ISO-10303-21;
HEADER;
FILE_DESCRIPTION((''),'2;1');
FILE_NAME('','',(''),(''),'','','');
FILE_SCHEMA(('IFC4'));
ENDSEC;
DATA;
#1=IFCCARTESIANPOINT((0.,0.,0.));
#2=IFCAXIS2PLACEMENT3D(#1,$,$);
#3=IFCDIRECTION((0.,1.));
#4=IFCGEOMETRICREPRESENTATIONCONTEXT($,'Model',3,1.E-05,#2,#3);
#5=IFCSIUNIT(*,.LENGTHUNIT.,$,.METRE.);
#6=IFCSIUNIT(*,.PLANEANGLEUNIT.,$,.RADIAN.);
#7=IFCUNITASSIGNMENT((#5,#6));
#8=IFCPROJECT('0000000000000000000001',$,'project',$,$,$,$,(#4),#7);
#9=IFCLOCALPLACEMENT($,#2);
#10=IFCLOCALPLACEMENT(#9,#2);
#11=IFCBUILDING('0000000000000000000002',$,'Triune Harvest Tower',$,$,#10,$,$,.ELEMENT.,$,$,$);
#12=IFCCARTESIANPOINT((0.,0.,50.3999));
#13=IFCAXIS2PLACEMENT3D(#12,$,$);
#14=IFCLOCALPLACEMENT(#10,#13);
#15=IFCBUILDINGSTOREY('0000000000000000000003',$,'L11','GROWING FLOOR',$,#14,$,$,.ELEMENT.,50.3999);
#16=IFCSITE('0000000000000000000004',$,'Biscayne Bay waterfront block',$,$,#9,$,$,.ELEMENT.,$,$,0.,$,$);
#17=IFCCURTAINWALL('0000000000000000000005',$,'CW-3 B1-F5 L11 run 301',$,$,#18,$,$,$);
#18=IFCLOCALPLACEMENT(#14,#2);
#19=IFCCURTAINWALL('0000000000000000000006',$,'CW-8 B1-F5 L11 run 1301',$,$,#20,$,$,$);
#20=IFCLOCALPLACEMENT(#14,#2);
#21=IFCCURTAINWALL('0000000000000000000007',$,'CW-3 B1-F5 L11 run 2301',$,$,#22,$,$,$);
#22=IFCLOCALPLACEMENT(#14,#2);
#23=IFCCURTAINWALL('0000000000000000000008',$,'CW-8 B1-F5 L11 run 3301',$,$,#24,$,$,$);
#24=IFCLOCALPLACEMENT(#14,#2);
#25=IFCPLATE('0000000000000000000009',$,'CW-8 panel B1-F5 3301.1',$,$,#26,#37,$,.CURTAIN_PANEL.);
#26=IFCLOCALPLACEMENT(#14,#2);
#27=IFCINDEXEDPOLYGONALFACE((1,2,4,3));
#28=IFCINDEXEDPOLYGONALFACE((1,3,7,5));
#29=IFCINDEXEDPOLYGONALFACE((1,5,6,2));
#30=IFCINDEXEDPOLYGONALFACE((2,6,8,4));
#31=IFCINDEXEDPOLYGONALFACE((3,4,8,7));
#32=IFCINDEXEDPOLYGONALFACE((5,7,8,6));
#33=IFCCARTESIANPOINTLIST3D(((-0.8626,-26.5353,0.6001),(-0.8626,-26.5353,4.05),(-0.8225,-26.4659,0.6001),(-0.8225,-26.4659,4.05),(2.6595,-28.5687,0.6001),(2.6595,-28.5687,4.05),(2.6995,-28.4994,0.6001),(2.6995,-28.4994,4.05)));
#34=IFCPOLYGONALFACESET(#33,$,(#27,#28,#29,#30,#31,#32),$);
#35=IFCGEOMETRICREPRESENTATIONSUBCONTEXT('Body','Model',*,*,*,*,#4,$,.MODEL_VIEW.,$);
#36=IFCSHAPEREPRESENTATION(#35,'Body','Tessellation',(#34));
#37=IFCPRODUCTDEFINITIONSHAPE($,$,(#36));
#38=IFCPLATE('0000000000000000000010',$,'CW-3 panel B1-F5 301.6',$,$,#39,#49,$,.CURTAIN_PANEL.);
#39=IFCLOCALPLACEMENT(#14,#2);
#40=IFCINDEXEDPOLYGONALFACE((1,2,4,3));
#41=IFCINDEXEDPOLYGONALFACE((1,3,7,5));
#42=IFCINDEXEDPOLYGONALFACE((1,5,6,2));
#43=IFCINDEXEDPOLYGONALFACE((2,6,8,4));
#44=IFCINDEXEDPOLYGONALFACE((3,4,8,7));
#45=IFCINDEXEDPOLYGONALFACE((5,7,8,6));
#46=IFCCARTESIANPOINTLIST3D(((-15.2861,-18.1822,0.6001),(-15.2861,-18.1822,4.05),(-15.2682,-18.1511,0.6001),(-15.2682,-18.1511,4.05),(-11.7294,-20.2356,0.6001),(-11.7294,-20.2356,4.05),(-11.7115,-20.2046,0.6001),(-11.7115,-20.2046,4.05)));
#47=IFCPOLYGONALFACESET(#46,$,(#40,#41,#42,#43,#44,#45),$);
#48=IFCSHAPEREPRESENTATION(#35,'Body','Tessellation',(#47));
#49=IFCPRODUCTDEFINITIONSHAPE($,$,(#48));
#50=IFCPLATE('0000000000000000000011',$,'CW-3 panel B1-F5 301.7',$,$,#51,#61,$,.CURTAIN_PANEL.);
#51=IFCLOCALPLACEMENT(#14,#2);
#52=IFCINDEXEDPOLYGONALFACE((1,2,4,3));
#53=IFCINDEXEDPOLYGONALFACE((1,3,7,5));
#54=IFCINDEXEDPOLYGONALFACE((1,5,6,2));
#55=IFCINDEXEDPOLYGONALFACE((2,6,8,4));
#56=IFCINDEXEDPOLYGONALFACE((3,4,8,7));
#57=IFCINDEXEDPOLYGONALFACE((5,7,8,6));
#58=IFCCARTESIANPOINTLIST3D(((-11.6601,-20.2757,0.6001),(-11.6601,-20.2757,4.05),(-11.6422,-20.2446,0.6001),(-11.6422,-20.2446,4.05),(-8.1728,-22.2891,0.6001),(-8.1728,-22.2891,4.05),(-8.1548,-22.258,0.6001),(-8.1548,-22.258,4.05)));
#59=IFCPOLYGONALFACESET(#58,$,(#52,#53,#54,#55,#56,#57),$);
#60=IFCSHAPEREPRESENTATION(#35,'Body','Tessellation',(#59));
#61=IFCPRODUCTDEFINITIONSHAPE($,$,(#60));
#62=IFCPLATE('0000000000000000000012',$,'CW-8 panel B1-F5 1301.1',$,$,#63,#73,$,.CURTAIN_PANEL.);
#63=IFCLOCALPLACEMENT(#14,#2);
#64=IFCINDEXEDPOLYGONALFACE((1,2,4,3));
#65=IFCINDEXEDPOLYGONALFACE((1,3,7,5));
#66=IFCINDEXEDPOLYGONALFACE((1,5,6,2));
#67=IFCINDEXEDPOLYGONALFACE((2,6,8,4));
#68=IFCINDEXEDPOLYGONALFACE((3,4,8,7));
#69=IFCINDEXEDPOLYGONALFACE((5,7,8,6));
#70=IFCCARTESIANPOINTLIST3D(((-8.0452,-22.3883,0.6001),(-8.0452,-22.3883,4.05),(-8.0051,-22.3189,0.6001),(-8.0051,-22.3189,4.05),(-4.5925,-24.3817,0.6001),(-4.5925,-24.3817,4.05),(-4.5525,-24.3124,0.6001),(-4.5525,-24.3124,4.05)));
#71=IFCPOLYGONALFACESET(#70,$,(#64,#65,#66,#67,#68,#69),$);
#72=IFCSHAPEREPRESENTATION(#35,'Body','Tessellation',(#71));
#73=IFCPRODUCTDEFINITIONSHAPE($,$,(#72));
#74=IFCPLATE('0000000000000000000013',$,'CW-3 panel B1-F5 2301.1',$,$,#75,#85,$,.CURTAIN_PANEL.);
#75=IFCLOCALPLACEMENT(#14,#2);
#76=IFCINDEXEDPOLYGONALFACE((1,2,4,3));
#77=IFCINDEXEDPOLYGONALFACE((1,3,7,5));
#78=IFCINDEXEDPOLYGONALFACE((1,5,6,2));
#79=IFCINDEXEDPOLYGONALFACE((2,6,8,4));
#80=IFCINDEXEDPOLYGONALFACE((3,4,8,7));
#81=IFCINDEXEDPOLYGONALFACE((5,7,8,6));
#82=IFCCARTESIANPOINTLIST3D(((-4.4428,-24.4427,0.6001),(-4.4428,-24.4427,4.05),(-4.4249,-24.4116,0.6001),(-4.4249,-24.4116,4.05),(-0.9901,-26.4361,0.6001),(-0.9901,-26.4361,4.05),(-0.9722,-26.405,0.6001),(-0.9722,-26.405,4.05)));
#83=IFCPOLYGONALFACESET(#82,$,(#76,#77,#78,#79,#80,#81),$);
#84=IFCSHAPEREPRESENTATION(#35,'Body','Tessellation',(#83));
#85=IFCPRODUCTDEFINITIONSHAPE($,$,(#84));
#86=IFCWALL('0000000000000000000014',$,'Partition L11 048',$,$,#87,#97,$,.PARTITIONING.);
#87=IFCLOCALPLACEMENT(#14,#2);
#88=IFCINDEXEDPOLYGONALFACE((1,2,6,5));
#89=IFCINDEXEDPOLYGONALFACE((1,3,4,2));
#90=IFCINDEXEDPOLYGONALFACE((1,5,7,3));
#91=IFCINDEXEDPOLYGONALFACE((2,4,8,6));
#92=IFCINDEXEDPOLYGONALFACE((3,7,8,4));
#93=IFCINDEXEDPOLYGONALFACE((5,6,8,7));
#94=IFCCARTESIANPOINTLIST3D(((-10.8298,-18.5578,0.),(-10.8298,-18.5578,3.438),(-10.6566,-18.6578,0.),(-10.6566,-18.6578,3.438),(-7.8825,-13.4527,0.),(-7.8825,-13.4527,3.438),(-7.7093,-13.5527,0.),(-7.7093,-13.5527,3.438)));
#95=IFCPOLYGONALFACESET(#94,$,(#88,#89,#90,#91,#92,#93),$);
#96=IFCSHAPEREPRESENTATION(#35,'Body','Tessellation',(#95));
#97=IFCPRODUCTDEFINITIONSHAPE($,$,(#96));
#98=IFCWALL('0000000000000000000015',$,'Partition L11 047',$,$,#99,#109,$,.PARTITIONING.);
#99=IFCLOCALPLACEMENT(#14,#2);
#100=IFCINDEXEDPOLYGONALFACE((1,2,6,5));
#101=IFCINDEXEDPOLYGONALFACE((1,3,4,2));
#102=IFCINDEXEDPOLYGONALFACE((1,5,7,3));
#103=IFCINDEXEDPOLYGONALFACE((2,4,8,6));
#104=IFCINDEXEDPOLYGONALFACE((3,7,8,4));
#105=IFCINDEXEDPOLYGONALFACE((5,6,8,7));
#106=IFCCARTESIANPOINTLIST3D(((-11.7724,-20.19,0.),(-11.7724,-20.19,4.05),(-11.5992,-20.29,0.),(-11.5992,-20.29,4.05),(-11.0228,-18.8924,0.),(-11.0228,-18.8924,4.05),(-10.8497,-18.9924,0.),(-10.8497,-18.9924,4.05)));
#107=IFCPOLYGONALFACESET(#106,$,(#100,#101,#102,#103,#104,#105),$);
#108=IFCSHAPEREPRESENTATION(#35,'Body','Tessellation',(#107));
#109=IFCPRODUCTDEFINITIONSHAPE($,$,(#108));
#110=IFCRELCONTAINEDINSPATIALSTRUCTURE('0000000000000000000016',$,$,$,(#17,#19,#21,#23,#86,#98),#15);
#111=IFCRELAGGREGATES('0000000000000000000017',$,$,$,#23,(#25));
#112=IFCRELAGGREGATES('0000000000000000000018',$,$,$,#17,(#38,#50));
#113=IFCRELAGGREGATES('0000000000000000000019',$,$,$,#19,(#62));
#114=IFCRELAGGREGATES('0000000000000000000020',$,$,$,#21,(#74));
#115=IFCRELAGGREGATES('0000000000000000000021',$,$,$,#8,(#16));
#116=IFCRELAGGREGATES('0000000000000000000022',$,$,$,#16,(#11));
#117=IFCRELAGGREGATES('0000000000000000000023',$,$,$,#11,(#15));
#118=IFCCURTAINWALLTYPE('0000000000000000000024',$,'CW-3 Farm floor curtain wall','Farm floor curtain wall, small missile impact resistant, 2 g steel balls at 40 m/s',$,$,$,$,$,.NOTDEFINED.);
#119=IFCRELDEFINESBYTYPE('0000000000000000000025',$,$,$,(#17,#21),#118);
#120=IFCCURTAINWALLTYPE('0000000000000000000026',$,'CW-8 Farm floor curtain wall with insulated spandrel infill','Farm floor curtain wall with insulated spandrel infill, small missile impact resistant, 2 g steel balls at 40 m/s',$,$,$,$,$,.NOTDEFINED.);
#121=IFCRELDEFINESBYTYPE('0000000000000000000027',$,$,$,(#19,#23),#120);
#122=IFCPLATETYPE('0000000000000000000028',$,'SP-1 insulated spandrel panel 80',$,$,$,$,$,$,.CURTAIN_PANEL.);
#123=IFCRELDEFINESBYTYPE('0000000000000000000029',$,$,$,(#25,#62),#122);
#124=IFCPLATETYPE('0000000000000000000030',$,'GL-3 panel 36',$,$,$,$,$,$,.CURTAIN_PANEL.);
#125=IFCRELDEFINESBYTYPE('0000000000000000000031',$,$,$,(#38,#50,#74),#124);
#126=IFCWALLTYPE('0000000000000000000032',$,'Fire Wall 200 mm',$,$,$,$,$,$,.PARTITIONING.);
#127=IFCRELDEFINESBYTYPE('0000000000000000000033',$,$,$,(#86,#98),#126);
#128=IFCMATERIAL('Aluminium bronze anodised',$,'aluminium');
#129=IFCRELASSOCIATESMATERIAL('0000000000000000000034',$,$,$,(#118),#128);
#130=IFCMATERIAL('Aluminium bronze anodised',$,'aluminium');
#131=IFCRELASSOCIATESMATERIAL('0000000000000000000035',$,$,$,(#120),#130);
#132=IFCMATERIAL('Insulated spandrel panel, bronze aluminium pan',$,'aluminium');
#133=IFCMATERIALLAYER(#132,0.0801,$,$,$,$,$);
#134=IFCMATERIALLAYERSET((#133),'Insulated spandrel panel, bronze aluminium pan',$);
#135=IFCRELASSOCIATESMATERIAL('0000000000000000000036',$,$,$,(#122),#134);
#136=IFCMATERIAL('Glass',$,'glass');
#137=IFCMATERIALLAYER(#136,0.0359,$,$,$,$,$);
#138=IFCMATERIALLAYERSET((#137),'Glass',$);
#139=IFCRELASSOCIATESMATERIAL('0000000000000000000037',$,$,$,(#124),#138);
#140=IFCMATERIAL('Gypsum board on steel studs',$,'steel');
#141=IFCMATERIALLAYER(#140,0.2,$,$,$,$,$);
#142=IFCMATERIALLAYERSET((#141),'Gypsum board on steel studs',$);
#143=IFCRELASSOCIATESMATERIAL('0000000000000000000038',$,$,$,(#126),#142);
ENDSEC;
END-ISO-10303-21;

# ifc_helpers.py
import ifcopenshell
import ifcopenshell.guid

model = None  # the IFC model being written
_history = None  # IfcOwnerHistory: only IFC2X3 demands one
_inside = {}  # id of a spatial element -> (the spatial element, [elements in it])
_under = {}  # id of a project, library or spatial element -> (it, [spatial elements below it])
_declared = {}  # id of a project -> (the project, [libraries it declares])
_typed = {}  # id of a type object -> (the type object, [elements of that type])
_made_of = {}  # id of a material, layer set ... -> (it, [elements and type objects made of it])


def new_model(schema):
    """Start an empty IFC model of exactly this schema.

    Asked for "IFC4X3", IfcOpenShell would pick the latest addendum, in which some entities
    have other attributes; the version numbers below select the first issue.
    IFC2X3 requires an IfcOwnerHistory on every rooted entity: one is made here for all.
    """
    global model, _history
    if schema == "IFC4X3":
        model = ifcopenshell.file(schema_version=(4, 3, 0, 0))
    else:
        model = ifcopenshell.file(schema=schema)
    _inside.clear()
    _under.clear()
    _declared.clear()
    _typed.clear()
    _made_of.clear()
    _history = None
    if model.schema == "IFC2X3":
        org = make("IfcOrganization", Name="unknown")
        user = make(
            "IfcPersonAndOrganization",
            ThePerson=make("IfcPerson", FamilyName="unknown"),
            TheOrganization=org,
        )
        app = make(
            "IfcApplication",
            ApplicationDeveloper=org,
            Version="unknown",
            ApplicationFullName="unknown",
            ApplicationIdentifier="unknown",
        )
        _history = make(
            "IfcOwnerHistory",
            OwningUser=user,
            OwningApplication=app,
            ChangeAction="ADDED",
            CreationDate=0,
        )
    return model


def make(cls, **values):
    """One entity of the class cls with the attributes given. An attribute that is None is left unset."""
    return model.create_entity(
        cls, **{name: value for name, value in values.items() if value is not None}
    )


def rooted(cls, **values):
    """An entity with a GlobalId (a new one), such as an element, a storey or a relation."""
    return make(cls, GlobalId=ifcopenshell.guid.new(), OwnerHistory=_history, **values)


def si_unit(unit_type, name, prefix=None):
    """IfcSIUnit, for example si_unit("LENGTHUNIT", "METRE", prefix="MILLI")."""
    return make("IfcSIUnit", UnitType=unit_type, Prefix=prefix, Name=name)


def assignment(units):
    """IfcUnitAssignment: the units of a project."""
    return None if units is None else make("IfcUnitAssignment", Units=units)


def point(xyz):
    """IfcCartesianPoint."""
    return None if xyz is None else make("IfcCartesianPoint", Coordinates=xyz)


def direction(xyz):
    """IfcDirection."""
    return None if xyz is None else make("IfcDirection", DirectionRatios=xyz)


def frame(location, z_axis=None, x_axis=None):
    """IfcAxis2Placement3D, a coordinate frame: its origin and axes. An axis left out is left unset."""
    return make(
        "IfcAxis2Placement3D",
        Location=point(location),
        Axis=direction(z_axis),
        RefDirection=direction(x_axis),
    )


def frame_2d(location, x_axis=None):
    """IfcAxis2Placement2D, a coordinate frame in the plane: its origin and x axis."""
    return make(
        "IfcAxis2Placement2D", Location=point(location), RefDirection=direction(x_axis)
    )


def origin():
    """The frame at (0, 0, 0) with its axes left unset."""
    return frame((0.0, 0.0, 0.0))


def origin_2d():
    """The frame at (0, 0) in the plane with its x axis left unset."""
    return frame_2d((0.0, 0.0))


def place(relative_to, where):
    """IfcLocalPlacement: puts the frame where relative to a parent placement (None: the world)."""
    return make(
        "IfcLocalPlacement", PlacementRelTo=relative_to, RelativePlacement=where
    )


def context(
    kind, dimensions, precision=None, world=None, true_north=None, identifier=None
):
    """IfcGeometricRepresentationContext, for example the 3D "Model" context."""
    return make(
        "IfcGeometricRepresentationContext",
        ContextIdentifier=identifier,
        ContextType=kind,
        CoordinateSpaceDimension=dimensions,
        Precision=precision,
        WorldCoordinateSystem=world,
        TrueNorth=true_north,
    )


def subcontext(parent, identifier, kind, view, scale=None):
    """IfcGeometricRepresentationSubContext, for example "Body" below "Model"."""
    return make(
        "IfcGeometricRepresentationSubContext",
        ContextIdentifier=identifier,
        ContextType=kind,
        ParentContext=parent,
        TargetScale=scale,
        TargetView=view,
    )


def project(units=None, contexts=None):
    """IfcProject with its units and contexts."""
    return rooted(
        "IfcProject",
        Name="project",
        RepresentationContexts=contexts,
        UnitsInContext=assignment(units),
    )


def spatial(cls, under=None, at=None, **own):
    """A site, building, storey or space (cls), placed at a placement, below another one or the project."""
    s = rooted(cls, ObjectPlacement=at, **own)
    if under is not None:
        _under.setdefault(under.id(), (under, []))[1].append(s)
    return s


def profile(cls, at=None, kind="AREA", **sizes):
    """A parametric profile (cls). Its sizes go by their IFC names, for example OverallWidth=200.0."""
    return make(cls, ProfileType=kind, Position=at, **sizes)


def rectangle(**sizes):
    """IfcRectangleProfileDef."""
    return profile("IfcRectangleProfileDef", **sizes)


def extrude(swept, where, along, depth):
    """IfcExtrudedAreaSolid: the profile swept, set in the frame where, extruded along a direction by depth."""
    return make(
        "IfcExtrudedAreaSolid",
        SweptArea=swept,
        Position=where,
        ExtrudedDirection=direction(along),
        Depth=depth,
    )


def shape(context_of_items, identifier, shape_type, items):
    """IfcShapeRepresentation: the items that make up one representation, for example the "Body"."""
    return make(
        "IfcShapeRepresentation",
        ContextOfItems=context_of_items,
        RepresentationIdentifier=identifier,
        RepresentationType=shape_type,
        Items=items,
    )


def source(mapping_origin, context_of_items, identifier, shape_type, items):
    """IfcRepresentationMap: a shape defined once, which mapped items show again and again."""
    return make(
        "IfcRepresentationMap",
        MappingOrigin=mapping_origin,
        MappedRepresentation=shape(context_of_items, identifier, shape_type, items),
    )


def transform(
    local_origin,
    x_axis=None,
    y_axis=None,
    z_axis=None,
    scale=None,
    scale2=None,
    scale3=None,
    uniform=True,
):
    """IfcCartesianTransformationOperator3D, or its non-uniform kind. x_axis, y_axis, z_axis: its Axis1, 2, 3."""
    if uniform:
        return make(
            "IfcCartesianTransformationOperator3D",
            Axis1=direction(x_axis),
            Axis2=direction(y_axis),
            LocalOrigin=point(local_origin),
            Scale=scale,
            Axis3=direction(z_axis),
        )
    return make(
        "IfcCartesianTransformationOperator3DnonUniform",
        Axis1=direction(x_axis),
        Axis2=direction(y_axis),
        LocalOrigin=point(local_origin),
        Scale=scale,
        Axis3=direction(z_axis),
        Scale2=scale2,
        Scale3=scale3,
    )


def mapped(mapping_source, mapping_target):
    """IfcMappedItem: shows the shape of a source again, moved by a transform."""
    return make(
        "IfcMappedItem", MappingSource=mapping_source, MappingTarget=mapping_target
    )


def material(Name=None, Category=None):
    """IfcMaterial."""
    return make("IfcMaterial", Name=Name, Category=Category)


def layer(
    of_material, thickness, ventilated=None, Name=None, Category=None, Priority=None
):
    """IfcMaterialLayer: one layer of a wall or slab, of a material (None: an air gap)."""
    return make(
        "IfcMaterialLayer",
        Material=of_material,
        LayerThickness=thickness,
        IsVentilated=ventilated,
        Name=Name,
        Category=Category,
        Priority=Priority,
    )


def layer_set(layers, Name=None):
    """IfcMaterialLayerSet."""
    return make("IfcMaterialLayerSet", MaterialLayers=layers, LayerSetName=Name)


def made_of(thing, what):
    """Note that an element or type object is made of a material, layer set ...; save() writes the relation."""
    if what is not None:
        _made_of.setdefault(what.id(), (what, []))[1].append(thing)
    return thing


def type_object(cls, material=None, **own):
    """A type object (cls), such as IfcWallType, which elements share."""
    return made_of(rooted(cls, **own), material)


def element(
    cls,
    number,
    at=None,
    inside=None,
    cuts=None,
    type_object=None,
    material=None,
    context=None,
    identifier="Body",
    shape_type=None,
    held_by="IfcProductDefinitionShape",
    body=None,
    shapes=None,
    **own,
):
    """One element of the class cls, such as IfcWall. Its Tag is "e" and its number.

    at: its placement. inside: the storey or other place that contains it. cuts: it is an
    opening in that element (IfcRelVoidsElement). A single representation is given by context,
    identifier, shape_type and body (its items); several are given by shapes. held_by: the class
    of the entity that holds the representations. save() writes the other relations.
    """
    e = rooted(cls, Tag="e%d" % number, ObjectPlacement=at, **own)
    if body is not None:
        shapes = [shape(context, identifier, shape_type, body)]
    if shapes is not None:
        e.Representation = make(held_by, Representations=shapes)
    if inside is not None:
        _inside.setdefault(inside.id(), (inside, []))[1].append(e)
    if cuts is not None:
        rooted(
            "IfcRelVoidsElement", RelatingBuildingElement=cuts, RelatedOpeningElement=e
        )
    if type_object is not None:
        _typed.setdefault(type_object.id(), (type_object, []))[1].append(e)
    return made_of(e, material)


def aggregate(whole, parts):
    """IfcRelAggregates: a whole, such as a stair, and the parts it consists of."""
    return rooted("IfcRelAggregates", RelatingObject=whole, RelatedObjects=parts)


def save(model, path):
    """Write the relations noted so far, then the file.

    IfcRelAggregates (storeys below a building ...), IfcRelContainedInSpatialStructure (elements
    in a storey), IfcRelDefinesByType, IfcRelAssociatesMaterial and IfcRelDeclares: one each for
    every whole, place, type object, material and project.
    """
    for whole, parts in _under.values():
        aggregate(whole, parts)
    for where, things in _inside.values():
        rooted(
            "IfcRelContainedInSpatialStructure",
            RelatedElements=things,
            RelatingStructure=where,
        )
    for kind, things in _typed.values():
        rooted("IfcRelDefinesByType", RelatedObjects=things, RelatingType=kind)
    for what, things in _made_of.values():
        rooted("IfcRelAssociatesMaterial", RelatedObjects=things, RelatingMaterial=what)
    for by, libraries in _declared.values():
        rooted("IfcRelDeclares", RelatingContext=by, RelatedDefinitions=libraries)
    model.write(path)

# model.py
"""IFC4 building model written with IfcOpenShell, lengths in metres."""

from ifc_helpers import new_model, si_unit, direction, frame, frame_2d, origin, origin_2d, place, context, subcontext, project, spatial, rectangle, extrude, source, transform, mapped, material, layer, layer_set, type_object, element, aggregate, save


model = new_model("IFC4")

# Units and contexts
model_context = context("Model", 3, precision=1e-05, world=origin(), true_north=direction((0.0, 1.0)))
body_context = subcontext(model_context, "Body", "Model", "MODEL_VIEW")
ifc_project = project(units=[si_unit("LENGTHUNIT", "METRE"), si_unit("PLANEANGLEUNIT", "RADIAN")], contexts=[model_context])

# Site, building, storey
site_placement = place(None, origin())
site = spatial("IfcSite", under=ifc_project, at=site_placement, Name="Biscayne Bay waterfront block", CompositionType="ELEMENT", RefElevation=0.0)
building_placement = place(site_placement, origin())
building = spatial("IfcBuilding", under=site, at=building_placement, Name="Triune Harvest Tower", CompositionType="ELEMENT")
storey_placement = place(building_placement, frame((0.0, 0.0, 50.3999)))
storey = spatial("IfcBuildingStorey", under=building, at=storey_placement, Name="L11", Description="GROWING FLOOR", CompositionType="ELEMENT", Elevation=50.3999)

# Curtain walls
ifc_material_1 = material(Name="Aluminium bronze anodised", Category="aluminium")
curtain_wall_type_1 = type_object("IfcCurtainWallType", Name="CW-3 Farm floor curtain wall", Description="Farm floor curtain wall, small missile impact resistant, 2 g steel balls at 40 m/s", PredefinedType="NOTDEFINED", material=ifc_material_1)
curtain_wall_1_placement = place(storey_placement, origin())
curtain_wall_1 = element("IfcCurtainWall", 1, at=curtain_wall_1_placement, inside=storey, type_object=curtain_wall_type_1, Name="CW-3 B1-F5 L11 run 301")
ifc_material_2 = material(Name="Aluminium bronze anodised", Category="aluminium")
curtain_wall_type_2 = type_object("IfcCurtainWallType", Name="CW-8 Farm floor curtain wall with insulated spandrel infill", Description="Farm floor curtain wall with insulated spandrel infill, small missile impact resistant, 2 g steel balls at 40 m/s", PredefinedType="NOTDEFINED", material=ifc_material_2)
curtain_wall_2_placement = place(storey_placement, origin())
curtain_wall_2 = element("IfcCurtainWall", 2, at=curtain_wall_2_placement, inside=storey, type_object=curtain_wall_type_2, Name="CW-8 B1-F5 L11 run 1301")
curtain_wall_3_placement = place(storey_placement, origin())
curtain_wall_3 = element("IfcCurtainWall", 3, at=curtain_wall_3_placement, inside=storey, type_object=curtain_wall_type_1, Name="CW-3 B1-F5 L11 run 2301")
curtain_wall_4_placement = place(storey_placement, origin())
curtain_wall_4 = element("IfcCurtainWall", 4, at=curtain_wall_4_placement, inside=storey, type_object=curtain_wall_type_2, Name="CW-8 B1-F5 L11 run 3301")

# Plates
ifc_material_3 = material(Name="Insulated spandrel panel, bronze aluminium pan", Category="aluminium")
ifc_layer_1 = layer(ifc_material_3, 0.0801)
ifc_layer_set_1 = layer_set([ifc_layer_1], Name="Insulated spandrel panel, bronze aluminium pan")
plate_type_1 = type_object("IfcPlateType", Name="SP-1 insulated spandrel panel 80", PredefinedType="CURTAIN_PANEL", material=ifc_layer_set_1)
shared_shape_1 = source(origin(), body_context, "Body", "SweptSolid", [
    extrude(rectangle(XDim=4.0669, YDim=0.0801, at=origin_2d()), origin(), (0.0, 0.0, 1.0), 3.45),
])
plate_1_placement = place(storey_placement, frame((0.9185, -27.5173, 0.6001), z_axis=(0.0, 0.0, 1.0), x_axis=(0.866024, -0.500002, 0.0)))
plate_1 = element("IfcPlate", 5, at=plate_1_placement, type_object=plate_type_1, Name="CW-8 panel B1-F5 3301.1", PredefinedType="CURTAIN_PANEL", context=body_context, shape_type="MappedRepresentation", body=[
    mapped(shared_shape_1, transform((0.0, 0.0, 0.0), scale=1.0)),
])
aggregate(curtain_wall_4, [plate_1])
ifc_material_4 = material(Name="Glass", Category="glass")
ifc_layer_2 = layer(ifc_material_4, 0.0359)
ifc_layer_set_2 = layer_set([ifc_layer_2], Name="Glass")
plate_type_2 = type_object("IfcPlateType", Name="GL-3 panel 36", PredefinedType="CURTAIN_PANEL", material=ifc_layer_set_2)
shared_shape_2 = source(origin(), body_context, "Body", "SweptSolid", [
    extrude(rectangle(XDim=4.1069, YDim=0.0359, at=origin_2d()), origin(), (0.0, 0.0, 1.0), 3.45),
])
plate_2_placement = place(storey_placement, frame((-13.4988, -19.1934, 0.6001), z_axis=(0.0, 0.0, 1.0), x_axis=(0.866026, -0.499999, 0.0)))
plate_2 = element("IfcPlate", 6, at=plate_2_placement, type_object=plate_type_2, Name="CW-3 panel B1-F5 301.6", PredefinedType="CURTAIN_PANEL", context=body_context, shape_type="MappedRepresentation", body=[
    mapped(shared_shape_2, transform((0.0, 0.0, 0.0), scale=1.0)),
])
shared_shape_3 = source(origin(), body_context, "Body", "SweptSolid", [
    extrude(rectangle(XDim=4.0269, YDim=0.0359, at=origin_2d()), origin(), (0.0, 0.0, 1.0), 3.45),
])
plate_3_placement = place(storey_placement, frame((-9.9075, -21.2668, 0.6001), z_axis=(0.0, 0.0, 1.0), x_axis=(0.866026, -0.499999, 0.0)))
plate_3 = element("IfcPlate", 7, at=plate_3_placement, type_object=plate_type_2, Name="CW-3 panel B1-F5 301.7", PredefinedType="CURTAIN_PANEL", context=body_context, shape_type="MappedRepresentation", body=[
    mapped(shared_shape_3, transform((0.0, 0.0, 0.0), scale=1.0)),
])
aggregate(curtain_wall_1, [plate_2, plate_3])
shared_shape_4 = source(origin(), body_context, "Body", "SweptSolid", [
    extrude(rectangle(XDim=3.9868, YDim=0.0801, at=origin_2d()), origin(), (0.0, 0.0, 1.0), 3.45),
])
plate_4_placement = place(storey_placement, frame((-6.2988, -23.3503, 0.6001), z_axis=(0.0, 0.0, 1.0), x_axis=(0.866019, -0.500011, 0.0)))
plate_4 = element("IfcPlate", 8, at=plate_4_placement, type_object=plate_type_1, Name="CW-8 panel B1-F5 1301.1", PredefinedType="CURTAIN_PANEL", context=body_context, shape_type="MappedRepresentation", body=[
    mapped(shared_shape_4, transform((0.0, 0.0, 0.0), scale=1.0)),
])
aggregate(curtain_wall_2, [plate_4])
shared_shape_5 = source(origin(), body_context, "Body", "SweptSolid", [
    extrude(rectangle(XDim=3.9868, YDim=0.0359, at=origin_2d()), origin(), (0.0, 0.0, 1.0), 3.45),
])
plate_5_placement = place(storey_placement, frame((-2.7075, -25.4238, 0.6001), z_axis=(0.0, 0.0, 1.0), x_axis=(0.866029, -0.499993, 0.0)))
plate_5 = element("IfcPlate", 9, at=plate_5_placement, type_object=plate_type_2, Name="CW-3 panel B1-F5 2301.1", PredefinedType="CURTAIN_PANEL", context=body_context, shape_type="MappedRepresentation", body=[
    mapped(shared_shape_5, transform((0.0, 0.0, 0.0), scale=1.0)),
])
aggregate(curtain_wall_3, [plate_5])

# Walls
ifc_material_5 = material(Name="Gypsum board on steel studs", Category="steel")
ifc_layer_3 = layer(ifc_material_5, 0.2)
ifc_layer_set_3 = layer_set([ifc_layer_3], Name="Gypsum board on steel studs")
wall_type = type_object("IfcWallType", Name="Fire Wall 200 mm", PredefinedType="PARTITIONING", material=ifc_layer_set_3)
wall_1_placement = place(storey_placement, frame((-10.7432, -18.6077, 0.0), z_axis=(0.0, 0.0, 1.0), x_axis=(0.499988, 0.866032, 0.0)))
element("IfcWall", 10, at=wall_1_placement, inside=storey, type_object=wall_type, Name="Partition L11 048", PredefinedType="PARTITIONING", context=body_context, shape_type="SweptSolid", body=[
    extrude(rectangle(XDim=5.8948, YDim=0.2, at=frame_2d((2.9473, 0.0))), origin(), (0.0, 0.0, 1.0), 3.438),
])
shared_shape_6 = source(origin(), body_context, "Body", "SweptSolid", [
    extrude(rectangle(XDim=1.4985, YDim=0.2, at=frame_2d((0.7493, 0.0))), origin(), (0.0, 0.0, 1.0), 4.05),
])
wall_2_placement = place(storey_placement, frame((-11.6858, -20.24, 0.0), z_axis=(0.0, 0.0, 1.0), x_axis=(0.500169, 0.865928, 0.0)))
element("IfcWall", 11, at=wall_2_placement, inside=storey, type_object=wall_type, Name="Partition L11 047", PredefinedType="PARTITIONING", context=body_context, shape_type="MappedRepresentation", body=[
    mapped(shared_shape_6, transform((0.0, 0.0, 0.0), scale=1.0)),
])

save(model, "model.ifc")
